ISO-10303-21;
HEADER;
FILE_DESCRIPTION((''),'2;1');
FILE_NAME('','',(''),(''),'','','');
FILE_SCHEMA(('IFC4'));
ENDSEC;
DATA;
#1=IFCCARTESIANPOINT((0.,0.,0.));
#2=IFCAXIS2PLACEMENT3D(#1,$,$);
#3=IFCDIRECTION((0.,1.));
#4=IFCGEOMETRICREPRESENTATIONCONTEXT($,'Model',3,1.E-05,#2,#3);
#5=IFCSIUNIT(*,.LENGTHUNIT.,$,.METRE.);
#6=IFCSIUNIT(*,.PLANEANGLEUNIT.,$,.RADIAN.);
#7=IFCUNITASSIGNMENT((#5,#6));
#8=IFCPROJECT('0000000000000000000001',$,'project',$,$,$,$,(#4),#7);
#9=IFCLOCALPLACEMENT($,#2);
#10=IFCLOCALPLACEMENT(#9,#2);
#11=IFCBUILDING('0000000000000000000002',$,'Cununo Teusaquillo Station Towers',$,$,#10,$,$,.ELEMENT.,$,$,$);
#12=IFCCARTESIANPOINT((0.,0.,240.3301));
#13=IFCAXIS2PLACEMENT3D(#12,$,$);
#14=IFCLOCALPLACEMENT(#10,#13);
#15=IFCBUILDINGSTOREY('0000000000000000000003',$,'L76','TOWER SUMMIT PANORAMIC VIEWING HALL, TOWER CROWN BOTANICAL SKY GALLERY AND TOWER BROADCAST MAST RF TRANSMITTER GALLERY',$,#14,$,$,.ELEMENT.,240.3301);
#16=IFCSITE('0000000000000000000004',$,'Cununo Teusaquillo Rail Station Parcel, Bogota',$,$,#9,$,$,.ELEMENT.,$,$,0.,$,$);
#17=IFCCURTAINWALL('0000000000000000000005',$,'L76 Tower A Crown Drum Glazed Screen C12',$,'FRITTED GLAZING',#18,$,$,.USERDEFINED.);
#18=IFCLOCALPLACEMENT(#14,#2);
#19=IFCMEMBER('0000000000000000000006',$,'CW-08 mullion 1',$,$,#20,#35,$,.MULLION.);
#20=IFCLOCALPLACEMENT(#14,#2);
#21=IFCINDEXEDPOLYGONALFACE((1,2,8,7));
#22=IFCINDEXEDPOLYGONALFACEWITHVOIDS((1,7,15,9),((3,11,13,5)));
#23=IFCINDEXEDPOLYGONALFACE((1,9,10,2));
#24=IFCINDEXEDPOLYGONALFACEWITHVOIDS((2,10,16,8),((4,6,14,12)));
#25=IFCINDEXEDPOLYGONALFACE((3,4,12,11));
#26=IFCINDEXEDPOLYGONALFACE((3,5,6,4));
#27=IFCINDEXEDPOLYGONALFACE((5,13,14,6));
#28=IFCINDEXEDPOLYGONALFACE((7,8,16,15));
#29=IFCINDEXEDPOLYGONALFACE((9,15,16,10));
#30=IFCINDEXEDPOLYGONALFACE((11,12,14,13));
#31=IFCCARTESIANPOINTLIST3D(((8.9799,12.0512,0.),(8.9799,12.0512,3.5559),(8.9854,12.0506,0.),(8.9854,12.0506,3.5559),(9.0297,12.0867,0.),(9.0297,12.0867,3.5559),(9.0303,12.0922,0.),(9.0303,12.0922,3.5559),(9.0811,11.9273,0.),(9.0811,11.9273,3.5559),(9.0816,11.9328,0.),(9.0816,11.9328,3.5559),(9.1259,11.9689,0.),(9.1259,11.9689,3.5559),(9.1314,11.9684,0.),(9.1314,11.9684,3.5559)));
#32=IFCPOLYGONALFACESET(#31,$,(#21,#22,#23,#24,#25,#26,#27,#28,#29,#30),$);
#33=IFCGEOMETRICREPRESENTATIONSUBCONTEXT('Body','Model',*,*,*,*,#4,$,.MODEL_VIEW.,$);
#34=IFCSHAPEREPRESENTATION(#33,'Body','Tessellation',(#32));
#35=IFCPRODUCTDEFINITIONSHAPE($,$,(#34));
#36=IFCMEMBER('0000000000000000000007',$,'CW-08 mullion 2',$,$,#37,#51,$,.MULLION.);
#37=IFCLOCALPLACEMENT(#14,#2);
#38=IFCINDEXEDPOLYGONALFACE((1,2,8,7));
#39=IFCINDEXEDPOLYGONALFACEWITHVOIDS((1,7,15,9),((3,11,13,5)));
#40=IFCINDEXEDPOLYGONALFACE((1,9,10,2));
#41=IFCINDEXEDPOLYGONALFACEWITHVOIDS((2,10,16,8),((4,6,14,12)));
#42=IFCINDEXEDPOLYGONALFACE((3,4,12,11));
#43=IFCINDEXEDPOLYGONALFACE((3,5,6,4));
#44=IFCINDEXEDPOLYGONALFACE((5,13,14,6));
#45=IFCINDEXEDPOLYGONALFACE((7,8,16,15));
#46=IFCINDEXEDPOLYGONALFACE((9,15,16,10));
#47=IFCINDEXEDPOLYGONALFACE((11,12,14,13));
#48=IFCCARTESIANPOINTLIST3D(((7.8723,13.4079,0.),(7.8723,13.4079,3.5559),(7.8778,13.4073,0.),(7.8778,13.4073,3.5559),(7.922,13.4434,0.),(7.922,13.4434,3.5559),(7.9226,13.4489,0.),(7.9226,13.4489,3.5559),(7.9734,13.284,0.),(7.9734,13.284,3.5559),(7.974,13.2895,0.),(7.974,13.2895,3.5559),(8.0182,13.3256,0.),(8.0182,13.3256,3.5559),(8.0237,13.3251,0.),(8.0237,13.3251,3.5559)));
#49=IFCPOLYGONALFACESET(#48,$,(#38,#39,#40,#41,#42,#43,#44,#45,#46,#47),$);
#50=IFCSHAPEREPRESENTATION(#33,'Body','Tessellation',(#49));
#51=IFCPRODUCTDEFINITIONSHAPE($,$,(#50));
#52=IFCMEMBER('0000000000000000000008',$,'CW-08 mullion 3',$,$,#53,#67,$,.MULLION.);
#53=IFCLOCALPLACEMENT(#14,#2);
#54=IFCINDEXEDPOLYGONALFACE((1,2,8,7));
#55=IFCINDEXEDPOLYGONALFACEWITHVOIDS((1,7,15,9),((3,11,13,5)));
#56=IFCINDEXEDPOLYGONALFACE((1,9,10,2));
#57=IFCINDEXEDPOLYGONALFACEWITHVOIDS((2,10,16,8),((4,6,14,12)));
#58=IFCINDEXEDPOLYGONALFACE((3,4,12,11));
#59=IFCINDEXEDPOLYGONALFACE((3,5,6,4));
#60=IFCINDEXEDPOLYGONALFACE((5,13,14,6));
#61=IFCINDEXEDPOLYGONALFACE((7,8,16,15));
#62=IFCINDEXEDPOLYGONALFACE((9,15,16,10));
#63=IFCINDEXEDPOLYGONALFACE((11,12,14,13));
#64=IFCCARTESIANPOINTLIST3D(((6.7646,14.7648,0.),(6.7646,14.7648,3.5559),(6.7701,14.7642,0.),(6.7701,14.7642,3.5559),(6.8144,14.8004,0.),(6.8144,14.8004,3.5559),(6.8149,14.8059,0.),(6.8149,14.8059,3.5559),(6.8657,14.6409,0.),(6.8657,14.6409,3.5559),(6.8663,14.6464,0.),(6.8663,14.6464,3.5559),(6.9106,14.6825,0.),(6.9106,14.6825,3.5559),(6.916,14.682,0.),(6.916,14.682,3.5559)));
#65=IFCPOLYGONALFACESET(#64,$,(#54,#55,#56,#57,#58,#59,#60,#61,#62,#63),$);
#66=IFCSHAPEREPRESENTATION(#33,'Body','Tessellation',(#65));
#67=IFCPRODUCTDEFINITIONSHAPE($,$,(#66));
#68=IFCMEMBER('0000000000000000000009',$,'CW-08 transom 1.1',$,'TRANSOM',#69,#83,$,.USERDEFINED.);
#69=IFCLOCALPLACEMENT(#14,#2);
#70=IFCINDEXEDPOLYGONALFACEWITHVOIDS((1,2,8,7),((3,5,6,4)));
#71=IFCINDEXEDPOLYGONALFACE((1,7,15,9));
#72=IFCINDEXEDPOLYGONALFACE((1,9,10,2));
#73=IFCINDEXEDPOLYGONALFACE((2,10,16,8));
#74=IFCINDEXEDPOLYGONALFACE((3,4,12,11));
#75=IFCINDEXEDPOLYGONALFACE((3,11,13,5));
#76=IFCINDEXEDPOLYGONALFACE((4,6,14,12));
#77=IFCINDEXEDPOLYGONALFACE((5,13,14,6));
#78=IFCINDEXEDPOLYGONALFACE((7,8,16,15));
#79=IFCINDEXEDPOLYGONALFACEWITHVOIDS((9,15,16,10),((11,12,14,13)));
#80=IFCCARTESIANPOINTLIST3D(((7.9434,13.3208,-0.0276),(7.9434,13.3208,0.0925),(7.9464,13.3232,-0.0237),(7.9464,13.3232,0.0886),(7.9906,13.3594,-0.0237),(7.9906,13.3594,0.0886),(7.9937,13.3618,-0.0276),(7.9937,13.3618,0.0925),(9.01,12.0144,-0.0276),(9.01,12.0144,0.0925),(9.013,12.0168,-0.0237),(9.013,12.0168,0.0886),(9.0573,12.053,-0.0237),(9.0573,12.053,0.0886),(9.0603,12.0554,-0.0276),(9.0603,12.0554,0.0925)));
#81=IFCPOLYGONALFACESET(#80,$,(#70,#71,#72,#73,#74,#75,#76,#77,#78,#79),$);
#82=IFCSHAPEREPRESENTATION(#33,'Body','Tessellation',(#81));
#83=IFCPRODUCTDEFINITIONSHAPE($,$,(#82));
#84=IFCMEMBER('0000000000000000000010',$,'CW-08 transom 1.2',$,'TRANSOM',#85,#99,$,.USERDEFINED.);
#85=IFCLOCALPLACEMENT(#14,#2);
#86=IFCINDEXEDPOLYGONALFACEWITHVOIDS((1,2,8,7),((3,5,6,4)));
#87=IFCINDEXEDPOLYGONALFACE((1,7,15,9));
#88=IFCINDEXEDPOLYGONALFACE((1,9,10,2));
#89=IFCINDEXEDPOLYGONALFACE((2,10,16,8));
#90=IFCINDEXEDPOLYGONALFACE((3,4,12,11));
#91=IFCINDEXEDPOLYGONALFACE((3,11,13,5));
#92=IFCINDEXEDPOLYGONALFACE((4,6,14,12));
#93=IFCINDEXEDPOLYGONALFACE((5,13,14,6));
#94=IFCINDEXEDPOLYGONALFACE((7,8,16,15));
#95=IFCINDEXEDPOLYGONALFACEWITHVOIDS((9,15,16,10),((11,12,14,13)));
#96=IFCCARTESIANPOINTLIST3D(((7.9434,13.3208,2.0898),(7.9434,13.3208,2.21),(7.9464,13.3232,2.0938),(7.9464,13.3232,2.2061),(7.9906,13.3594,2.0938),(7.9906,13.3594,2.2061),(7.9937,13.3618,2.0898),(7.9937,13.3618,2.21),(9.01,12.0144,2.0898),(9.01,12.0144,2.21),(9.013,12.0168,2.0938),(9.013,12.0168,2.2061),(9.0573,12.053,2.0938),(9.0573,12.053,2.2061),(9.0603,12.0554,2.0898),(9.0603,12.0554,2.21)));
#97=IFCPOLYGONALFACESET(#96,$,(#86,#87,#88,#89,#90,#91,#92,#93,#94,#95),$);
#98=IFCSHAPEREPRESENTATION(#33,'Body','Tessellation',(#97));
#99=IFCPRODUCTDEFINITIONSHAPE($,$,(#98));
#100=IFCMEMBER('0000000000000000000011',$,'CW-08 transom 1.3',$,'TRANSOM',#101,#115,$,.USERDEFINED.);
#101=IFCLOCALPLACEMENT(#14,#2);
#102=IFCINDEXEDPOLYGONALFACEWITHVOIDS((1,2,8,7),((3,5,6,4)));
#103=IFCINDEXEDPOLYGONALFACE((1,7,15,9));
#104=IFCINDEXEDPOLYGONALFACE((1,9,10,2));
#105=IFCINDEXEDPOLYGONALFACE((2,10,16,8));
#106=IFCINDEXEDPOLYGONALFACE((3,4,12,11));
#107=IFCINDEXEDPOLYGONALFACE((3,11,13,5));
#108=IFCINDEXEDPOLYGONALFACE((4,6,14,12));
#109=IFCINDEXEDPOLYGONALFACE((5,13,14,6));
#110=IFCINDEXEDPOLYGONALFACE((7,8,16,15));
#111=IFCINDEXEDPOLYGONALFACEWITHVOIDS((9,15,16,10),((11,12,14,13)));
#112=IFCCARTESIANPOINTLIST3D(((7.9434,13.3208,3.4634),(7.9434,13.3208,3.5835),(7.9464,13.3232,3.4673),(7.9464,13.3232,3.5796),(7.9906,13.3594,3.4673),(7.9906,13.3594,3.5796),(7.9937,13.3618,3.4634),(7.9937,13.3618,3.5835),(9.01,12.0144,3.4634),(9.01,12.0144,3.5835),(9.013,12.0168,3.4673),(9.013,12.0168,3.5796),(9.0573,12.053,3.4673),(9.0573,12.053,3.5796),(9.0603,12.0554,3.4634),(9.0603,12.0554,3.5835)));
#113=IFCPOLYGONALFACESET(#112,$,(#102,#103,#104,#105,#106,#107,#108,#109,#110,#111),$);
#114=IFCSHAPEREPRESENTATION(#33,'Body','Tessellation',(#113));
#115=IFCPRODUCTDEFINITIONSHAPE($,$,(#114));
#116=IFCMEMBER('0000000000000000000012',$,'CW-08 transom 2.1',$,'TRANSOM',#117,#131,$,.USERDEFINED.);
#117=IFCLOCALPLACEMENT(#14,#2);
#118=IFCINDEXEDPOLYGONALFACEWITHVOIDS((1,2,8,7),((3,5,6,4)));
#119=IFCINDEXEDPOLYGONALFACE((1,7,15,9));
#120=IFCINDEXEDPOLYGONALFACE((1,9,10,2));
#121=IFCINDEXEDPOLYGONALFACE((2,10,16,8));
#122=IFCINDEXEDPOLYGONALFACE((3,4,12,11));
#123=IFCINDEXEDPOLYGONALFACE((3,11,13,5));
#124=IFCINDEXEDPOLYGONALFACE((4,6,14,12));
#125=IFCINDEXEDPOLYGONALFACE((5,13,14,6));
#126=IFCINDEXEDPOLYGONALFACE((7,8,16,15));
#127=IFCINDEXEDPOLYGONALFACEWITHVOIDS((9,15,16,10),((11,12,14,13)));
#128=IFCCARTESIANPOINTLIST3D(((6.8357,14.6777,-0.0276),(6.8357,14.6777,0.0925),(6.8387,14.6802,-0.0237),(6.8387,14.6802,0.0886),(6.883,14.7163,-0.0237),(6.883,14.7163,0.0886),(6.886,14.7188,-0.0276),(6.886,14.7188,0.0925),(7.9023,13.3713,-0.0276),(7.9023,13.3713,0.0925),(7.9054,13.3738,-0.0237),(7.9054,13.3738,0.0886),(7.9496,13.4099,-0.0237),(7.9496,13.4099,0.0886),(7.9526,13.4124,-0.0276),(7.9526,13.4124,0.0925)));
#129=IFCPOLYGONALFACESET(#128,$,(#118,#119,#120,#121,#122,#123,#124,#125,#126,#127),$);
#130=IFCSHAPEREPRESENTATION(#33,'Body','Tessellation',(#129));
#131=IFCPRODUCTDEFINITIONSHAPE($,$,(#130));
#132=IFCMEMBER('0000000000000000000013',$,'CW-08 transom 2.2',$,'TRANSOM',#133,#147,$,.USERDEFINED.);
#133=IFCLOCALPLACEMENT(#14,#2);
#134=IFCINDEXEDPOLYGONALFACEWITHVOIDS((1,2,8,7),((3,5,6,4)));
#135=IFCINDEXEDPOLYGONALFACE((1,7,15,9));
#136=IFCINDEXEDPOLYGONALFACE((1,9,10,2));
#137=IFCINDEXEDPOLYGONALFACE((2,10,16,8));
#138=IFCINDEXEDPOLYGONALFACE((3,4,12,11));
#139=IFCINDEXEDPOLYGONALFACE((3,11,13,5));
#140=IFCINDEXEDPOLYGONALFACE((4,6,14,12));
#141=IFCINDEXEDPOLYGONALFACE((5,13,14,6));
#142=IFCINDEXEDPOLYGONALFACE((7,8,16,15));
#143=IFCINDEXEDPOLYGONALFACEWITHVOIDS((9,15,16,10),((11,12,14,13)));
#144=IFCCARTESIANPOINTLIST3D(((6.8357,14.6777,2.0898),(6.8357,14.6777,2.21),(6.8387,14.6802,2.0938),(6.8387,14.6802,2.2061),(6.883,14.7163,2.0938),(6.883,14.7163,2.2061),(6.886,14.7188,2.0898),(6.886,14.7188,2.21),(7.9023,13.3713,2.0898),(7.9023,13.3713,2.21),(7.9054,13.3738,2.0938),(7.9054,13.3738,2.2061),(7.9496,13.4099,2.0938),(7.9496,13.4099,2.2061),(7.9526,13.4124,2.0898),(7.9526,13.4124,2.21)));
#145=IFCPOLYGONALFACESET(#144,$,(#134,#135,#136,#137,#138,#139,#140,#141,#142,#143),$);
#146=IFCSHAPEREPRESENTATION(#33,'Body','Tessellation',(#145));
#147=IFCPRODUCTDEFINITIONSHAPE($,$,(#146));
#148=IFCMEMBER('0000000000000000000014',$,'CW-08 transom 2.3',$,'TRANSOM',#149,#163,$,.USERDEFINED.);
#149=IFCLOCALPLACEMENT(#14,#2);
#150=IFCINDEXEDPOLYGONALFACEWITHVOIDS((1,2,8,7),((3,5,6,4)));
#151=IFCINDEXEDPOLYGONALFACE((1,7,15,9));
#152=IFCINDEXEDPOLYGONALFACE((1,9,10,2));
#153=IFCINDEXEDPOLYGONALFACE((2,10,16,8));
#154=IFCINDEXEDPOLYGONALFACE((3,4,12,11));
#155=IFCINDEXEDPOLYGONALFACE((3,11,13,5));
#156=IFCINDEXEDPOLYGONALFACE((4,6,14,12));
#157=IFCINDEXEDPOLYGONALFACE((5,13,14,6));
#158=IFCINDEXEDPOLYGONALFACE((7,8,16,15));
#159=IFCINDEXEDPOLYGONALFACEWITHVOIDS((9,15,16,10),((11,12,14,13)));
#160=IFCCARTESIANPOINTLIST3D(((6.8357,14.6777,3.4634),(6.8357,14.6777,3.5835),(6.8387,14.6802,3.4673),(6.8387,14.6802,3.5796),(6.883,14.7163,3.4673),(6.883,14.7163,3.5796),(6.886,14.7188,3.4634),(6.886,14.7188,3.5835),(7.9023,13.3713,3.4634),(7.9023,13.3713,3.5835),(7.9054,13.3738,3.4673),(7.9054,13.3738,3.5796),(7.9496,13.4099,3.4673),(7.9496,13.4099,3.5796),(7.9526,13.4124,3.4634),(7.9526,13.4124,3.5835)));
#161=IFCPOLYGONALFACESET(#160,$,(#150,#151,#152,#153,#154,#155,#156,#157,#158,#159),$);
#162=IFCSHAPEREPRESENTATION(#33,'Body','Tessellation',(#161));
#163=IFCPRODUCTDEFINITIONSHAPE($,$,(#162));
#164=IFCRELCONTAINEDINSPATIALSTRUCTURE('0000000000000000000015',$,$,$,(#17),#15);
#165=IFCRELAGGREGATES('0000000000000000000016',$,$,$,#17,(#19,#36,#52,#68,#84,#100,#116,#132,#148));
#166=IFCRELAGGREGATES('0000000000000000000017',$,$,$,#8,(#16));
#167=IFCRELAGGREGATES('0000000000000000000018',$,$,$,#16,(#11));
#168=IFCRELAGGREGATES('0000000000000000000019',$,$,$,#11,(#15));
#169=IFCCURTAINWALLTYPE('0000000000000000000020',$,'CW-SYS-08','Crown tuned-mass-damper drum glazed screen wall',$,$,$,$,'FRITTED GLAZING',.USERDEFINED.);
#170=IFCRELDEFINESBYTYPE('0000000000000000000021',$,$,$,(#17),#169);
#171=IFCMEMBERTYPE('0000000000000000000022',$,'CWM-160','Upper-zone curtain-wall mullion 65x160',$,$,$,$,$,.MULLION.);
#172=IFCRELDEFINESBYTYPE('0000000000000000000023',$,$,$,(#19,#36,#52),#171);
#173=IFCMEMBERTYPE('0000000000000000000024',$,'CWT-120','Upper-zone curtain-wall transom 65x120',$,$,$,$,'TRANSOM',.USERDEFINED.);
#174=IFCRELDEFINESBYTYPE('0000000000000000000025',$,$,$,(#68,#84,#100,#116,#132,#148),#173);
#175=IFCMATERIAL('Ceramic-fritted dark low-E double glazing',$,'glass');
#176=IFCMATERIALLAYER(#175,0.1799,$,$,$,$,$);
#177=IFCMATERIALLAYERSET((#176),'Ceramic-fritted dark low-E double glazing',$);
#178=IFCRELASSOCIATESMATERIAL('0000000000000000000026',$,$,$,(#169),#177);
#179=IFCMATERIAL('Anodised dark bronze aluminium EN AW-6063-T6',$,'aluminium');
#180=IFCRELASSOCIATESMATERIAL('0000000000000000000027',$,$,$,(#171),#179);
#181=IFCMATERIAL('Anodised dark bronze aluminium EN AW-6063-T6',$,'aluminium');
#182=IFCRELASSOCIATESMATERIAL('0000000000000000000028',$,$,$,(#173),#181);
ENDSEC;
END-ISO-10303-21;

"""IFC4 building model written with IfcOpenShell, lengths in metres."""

from ifc_helpers import new_model, si_unit, direction, frame, origin, origin_2d, place, context, subcontext, project, spatial, hollow_rectangle, extrude, material, layer, layer_set, material_profile, profile_set, type_object, element, aggregate, save


model = new_model("IFC4")

# Units and contexts
model_context = context("Model", 3, precision=1e-05, world=origin(), true_north=direction((0.0, 1.0)))
body_context = subcontext(model_context, "Body", "Model", "MODEL_VIEW")
ifc_project = project(units=[si_unit("LENGTHUNIT", "METRE"), si_unit("PLANEANGLEUNIT", "RADIAN")], contexts=[model_context])

# Site, building, storey
site_placement = place(None, origin())
site = spatial("IfcSite", under=ifc_project, at=site_placement, Name="Cununo Teusaquillo Rail Station Parcel, Bogota", CompositionType="ELEMENT", RefElevation=0.0)
building_placement = place(site_placement, origin())
building = spatial("IfcBuilding", under=site, at=building_placement, Name="Cununo Teusaquillo Station Towers", CompositionType="ELEMENT")
storey_placement = place(building_placement, frame((0.0, 0.0, 240.3301)))
storey = spatial("IfcBuildingStorey", under=building, at=storey_placement, Name="L76", Description="TOWER SUMMIT PANORAMIC VIEWING HALL, TOWER CROWN BOTANICAL SKY GALLERY AND TOWER BROADCAST MAST RF TRANSMITTER GALLERY", CompositionType="ELEMENT", Elevation=240.3301)

# Curtain wall, members
ifc_material_1 = material(Name="Ceramic-fritted dark low-E double glazing", Category="glass")
ifc_layer_1 = layer(ifc_material_1, 0.1799)
ifc_layer_set_1 = layer_set([ifc_layer_1], Name="Ceramic-fritted dark low-E double glazing")
curtain_wall_type = type_object("IfcCurtainWallType", Name="CW-SYS-08", Description="Crown tuned-mass-damper drum glazed screen wall", ElementType="FRITTED GLAZING", PredefinedType="USERDEFINED", material=ifc_layer_set_1)
curtain_wall_placement = place(storey_placement, origin())
curtain_wall = element("IfcCurtainWall", 1, at=curtain_wall_placement, inside=storey, type_object=curtain_wall_type, Name="L76 Tower A Crown Drum Glazed Screen C12", ObjectType="FRITTED GLAZING", PredefinedType="USERDEFINED")
ifc_material_2 = material(Name="Anodised dark bronze aluminium EN AW-6063-T6", Category="aluminium")
ifc_material_profile_1 = material_profile(ifc_material_2, hollow_rectangle(XDim=0.0649, YDim=0.1599, WallThickness=0.0039, at=origin_2d()), Name="CW-MULL-65x160")
ifc_profile_set_1 = profile_set([ifc_material_profile_1], Name="Anodised dark bronze aluminium EN AW-6063-T6")
member_type_1 = type_object("IfcMemberType", Name="CWM-160", Description="Upper-zone curtain-wall mullion 65x160", PredefinedType="MULLION", material=ifc_profile_set_1)
member_1_placement = place(storey_placement, frame((9.0557, 12.0098, 0.0), z_axis=(0.0, 0.0, 1.0), x_axis=(-0.774635, -0.632409, 0.0)))
member_1 = element("IfcMember", 2, at=member_1_placement, type_object=member_type_1, Name="CW-08 mullion 1", PredefinedType="MULLION", context=body_context, shape_type="SweptSolid", body=[
    extrude(hollow_rectangle(XDim=0.0649, YDim=0.1599, WallThickness=0.0039, at=origin_2d()), origin(), (0.0, 0.0, 1.0), 3.5559),
])
member_2_placement = place(storey_placement, frame((7.948, 13.3665, 0.0), z_axis=(0.0, 0.0, 1.0), x_axis=(-0.774635, -0.632409, 0.0)))
member_2 = element("IfcMember", 3, at=member_2_placement, type_object=member_type_1, Name="CW-08 mullion 2", PredefinedType="MULLION", context=body_context, shape_type="SweptSolid", body=[
    extrude(hollow_rectangle(XDim=0.0649, YDim=0.1599, WallThickness=0.0039, at=origin_2d()), origin(), (0.0, 0.0, 1.0), 3.5559),
])
member_3_placement = place(storey_placement, frame((6.8403, 14.7234, 0.0), z_axis=(0.0, 0.0, 1.0), x_axis=(-0.774635, -0.632409, 0.0)))
member_3 = element("IfcMember", 4, at=member_3_placement, type_object=member_type_1, Name="CW-08 mullion 3", PredefinedType="MULLION", context=body_context, shape_type="SweptSolid", body=[
    extrude(hollow_rectangle(XDim=0.0649, YDim=0.1599, WallThickness=0.0039, at=origin_2d()), origin(), (0.0, 0.0, 1.0), 3.5559),
])
ifc_material_3 = material(Name="Anodised dark bronze aluminium EN AW-6063-T6", Category="aluminium")
ifc_material_profile_2 = material_profile(ifc_material_3, hollow_rectangle(XDim=0.0649, YDim=0.1201, WallThickness=0.0039, at=origin_2d()), Name="CW-TRAN-65x120")
ifc_profile_set_2 = profile_set([ifc_material_profile_2], Name="Anodised dark bronze aluminium EN AW-6063-T6")
member_type_2 = type_object("IfcMemberType", Name="CWT-120", Description="Upper-zone curtain-wall transom 65x120", ElementType="TRANSOM", PredefinedType="USERDEFINED", material=ifc_profile_set_2)
member_4_placement = place(storey_placement, frame((9.0352, 12.0349, 0.0325), z_axis=(-0.632449, 0.774602, 0.0), x_axis=(-0.774602, -0.632449, 0.0)))
member_4 = element("IfcMember", 5, at=member_4_placement, type_object=member_type_2, Name="CW-08 transom 1.1", ObjectType="TRANSOM", PredefinedType="USERDEFINED", context=body_context, shape_type="SweptSolid", body=[
    extrude(hollow_rectangle(XDim=0.0649, YDim=0.1201, WallThickness=0.0039, at=origin_2d()), origin(), (0.0, 0.0, 1.0), 1.6865),
])
member_5_placement = place(storey_placement, frame((9.0352, 12.0349, 2.1499), z_axis=(-0.632449, 0.774602, 0.0), x_axis=(-0.774602, -0.632449, 0.0)))
member_5 = element("IfcMember", 6, at=member_5_placement, type_object=member_type_2, Name="CW-08 transom 1.2", ObjectType="TRANSOM", PredefinedType="USERDEFINED", context=body_context, shape_type="SweptSolid", body=[
    extrude(hollow_rectangle(XDim=0.0649, YDim=0.1201, WallThickness=0.0039, at=origin_2d()), origin(), (0.0, 0.0, 1.0), 1.6865),
])
member_6_placement = place(storey_placement, frame((9.0352, 12.0349, 3.5234), z_axis=(-0.632449, 0.774602, 0.0), x_axis=(-0.774602, -0.632449, 0.0)))
member_6 = element("IfcMember", 7, at=member_6_placement, type_object=member_type_2, Name="CW-08 transom 1.3", ObjectType="TRANSOM", PredefinedType="USERDEFINED", context=body_context, shape_type="SweptSolid", body=[
    extrude(hollow_rectangle(XDim=0.0649, YDim=0.1201, WallThickness=0.0039, at=origin_2d()), origin(), (0.0, 0.0, 1.0), 1.6865),
])
member_7_placement = place(storey_placement, frame((7.9275, 13.3918, 0.0325), z_axis=(-0.632449, 0.774602, 0.0), x_axis=(-0.774602, -0.632449, 0.0)))
member_7 = element("IfcMember", 8, at=member_7_placement, type_object=member_type_2, Name="CW-08 transom 2.1", ObjectType="TRANSOM", PredefinedType="USERDEFINED", context=body_context, shape_type="SweptSolid", body=[
    extrude(hollow_rectangle(XDim=0.0649, YDim=0.1201, WallThickness=0.0039, at=origin_2d()), origin(), (0.0, 0.0, 1.0), 1.6865),
])
member_8_placement = place(storey_placement, frame((7.9275, 13.3918, 2.1499), z_axis=(-0.632449, 0.774602, 0.0), x_axis=(-0.774602, -0.632449, 0.0)))
member_8 = element("IfcMember", 9, at=member_8_placement, type_object=member_type_2, Name="CW-08 transom 2.2", ObjectType="TRANSOM", PredefinedType="USERDEFINED", context=body_context, shape_type="SweptSolid", body=[
    extrude(hollow_rectangle(XDim=0.0649, YDim=0.1201, WallThickness=0.0039, at=origin_2d()), origin(), (0.0, 0.0, 1.0), 1.6865),
])
member_9_placement = place(storey_placement, frame((7.9275, 13.3918, 3.5234), z_axis=(-0.632449, 0.774602, 0.0), x_axis=(-0.774602, -0.632449, 0.0)))
member_9 = element("IfcMember", 10, at=member_9_placement, type_object=member_type_2, Name="CW-08 transom 2.3", ObjectType="TRANSOM", PredefinedType="USERDEFINED", context=body_context, shape_type="SweptSolid", body=[
    extrude(hollow_rectangle(XDim=0.0649, YDim=0.1201, WallThickness=0.0039, at=origin_2d()), origin(), (0.0, 0.0, 1.0), 1.6865),
])

aggregate(curtain_wall, [member_1, member_2, member_3, member_4, member_5, member_6, member_7, member_8, member_9])

save(model, "model.ifc")
